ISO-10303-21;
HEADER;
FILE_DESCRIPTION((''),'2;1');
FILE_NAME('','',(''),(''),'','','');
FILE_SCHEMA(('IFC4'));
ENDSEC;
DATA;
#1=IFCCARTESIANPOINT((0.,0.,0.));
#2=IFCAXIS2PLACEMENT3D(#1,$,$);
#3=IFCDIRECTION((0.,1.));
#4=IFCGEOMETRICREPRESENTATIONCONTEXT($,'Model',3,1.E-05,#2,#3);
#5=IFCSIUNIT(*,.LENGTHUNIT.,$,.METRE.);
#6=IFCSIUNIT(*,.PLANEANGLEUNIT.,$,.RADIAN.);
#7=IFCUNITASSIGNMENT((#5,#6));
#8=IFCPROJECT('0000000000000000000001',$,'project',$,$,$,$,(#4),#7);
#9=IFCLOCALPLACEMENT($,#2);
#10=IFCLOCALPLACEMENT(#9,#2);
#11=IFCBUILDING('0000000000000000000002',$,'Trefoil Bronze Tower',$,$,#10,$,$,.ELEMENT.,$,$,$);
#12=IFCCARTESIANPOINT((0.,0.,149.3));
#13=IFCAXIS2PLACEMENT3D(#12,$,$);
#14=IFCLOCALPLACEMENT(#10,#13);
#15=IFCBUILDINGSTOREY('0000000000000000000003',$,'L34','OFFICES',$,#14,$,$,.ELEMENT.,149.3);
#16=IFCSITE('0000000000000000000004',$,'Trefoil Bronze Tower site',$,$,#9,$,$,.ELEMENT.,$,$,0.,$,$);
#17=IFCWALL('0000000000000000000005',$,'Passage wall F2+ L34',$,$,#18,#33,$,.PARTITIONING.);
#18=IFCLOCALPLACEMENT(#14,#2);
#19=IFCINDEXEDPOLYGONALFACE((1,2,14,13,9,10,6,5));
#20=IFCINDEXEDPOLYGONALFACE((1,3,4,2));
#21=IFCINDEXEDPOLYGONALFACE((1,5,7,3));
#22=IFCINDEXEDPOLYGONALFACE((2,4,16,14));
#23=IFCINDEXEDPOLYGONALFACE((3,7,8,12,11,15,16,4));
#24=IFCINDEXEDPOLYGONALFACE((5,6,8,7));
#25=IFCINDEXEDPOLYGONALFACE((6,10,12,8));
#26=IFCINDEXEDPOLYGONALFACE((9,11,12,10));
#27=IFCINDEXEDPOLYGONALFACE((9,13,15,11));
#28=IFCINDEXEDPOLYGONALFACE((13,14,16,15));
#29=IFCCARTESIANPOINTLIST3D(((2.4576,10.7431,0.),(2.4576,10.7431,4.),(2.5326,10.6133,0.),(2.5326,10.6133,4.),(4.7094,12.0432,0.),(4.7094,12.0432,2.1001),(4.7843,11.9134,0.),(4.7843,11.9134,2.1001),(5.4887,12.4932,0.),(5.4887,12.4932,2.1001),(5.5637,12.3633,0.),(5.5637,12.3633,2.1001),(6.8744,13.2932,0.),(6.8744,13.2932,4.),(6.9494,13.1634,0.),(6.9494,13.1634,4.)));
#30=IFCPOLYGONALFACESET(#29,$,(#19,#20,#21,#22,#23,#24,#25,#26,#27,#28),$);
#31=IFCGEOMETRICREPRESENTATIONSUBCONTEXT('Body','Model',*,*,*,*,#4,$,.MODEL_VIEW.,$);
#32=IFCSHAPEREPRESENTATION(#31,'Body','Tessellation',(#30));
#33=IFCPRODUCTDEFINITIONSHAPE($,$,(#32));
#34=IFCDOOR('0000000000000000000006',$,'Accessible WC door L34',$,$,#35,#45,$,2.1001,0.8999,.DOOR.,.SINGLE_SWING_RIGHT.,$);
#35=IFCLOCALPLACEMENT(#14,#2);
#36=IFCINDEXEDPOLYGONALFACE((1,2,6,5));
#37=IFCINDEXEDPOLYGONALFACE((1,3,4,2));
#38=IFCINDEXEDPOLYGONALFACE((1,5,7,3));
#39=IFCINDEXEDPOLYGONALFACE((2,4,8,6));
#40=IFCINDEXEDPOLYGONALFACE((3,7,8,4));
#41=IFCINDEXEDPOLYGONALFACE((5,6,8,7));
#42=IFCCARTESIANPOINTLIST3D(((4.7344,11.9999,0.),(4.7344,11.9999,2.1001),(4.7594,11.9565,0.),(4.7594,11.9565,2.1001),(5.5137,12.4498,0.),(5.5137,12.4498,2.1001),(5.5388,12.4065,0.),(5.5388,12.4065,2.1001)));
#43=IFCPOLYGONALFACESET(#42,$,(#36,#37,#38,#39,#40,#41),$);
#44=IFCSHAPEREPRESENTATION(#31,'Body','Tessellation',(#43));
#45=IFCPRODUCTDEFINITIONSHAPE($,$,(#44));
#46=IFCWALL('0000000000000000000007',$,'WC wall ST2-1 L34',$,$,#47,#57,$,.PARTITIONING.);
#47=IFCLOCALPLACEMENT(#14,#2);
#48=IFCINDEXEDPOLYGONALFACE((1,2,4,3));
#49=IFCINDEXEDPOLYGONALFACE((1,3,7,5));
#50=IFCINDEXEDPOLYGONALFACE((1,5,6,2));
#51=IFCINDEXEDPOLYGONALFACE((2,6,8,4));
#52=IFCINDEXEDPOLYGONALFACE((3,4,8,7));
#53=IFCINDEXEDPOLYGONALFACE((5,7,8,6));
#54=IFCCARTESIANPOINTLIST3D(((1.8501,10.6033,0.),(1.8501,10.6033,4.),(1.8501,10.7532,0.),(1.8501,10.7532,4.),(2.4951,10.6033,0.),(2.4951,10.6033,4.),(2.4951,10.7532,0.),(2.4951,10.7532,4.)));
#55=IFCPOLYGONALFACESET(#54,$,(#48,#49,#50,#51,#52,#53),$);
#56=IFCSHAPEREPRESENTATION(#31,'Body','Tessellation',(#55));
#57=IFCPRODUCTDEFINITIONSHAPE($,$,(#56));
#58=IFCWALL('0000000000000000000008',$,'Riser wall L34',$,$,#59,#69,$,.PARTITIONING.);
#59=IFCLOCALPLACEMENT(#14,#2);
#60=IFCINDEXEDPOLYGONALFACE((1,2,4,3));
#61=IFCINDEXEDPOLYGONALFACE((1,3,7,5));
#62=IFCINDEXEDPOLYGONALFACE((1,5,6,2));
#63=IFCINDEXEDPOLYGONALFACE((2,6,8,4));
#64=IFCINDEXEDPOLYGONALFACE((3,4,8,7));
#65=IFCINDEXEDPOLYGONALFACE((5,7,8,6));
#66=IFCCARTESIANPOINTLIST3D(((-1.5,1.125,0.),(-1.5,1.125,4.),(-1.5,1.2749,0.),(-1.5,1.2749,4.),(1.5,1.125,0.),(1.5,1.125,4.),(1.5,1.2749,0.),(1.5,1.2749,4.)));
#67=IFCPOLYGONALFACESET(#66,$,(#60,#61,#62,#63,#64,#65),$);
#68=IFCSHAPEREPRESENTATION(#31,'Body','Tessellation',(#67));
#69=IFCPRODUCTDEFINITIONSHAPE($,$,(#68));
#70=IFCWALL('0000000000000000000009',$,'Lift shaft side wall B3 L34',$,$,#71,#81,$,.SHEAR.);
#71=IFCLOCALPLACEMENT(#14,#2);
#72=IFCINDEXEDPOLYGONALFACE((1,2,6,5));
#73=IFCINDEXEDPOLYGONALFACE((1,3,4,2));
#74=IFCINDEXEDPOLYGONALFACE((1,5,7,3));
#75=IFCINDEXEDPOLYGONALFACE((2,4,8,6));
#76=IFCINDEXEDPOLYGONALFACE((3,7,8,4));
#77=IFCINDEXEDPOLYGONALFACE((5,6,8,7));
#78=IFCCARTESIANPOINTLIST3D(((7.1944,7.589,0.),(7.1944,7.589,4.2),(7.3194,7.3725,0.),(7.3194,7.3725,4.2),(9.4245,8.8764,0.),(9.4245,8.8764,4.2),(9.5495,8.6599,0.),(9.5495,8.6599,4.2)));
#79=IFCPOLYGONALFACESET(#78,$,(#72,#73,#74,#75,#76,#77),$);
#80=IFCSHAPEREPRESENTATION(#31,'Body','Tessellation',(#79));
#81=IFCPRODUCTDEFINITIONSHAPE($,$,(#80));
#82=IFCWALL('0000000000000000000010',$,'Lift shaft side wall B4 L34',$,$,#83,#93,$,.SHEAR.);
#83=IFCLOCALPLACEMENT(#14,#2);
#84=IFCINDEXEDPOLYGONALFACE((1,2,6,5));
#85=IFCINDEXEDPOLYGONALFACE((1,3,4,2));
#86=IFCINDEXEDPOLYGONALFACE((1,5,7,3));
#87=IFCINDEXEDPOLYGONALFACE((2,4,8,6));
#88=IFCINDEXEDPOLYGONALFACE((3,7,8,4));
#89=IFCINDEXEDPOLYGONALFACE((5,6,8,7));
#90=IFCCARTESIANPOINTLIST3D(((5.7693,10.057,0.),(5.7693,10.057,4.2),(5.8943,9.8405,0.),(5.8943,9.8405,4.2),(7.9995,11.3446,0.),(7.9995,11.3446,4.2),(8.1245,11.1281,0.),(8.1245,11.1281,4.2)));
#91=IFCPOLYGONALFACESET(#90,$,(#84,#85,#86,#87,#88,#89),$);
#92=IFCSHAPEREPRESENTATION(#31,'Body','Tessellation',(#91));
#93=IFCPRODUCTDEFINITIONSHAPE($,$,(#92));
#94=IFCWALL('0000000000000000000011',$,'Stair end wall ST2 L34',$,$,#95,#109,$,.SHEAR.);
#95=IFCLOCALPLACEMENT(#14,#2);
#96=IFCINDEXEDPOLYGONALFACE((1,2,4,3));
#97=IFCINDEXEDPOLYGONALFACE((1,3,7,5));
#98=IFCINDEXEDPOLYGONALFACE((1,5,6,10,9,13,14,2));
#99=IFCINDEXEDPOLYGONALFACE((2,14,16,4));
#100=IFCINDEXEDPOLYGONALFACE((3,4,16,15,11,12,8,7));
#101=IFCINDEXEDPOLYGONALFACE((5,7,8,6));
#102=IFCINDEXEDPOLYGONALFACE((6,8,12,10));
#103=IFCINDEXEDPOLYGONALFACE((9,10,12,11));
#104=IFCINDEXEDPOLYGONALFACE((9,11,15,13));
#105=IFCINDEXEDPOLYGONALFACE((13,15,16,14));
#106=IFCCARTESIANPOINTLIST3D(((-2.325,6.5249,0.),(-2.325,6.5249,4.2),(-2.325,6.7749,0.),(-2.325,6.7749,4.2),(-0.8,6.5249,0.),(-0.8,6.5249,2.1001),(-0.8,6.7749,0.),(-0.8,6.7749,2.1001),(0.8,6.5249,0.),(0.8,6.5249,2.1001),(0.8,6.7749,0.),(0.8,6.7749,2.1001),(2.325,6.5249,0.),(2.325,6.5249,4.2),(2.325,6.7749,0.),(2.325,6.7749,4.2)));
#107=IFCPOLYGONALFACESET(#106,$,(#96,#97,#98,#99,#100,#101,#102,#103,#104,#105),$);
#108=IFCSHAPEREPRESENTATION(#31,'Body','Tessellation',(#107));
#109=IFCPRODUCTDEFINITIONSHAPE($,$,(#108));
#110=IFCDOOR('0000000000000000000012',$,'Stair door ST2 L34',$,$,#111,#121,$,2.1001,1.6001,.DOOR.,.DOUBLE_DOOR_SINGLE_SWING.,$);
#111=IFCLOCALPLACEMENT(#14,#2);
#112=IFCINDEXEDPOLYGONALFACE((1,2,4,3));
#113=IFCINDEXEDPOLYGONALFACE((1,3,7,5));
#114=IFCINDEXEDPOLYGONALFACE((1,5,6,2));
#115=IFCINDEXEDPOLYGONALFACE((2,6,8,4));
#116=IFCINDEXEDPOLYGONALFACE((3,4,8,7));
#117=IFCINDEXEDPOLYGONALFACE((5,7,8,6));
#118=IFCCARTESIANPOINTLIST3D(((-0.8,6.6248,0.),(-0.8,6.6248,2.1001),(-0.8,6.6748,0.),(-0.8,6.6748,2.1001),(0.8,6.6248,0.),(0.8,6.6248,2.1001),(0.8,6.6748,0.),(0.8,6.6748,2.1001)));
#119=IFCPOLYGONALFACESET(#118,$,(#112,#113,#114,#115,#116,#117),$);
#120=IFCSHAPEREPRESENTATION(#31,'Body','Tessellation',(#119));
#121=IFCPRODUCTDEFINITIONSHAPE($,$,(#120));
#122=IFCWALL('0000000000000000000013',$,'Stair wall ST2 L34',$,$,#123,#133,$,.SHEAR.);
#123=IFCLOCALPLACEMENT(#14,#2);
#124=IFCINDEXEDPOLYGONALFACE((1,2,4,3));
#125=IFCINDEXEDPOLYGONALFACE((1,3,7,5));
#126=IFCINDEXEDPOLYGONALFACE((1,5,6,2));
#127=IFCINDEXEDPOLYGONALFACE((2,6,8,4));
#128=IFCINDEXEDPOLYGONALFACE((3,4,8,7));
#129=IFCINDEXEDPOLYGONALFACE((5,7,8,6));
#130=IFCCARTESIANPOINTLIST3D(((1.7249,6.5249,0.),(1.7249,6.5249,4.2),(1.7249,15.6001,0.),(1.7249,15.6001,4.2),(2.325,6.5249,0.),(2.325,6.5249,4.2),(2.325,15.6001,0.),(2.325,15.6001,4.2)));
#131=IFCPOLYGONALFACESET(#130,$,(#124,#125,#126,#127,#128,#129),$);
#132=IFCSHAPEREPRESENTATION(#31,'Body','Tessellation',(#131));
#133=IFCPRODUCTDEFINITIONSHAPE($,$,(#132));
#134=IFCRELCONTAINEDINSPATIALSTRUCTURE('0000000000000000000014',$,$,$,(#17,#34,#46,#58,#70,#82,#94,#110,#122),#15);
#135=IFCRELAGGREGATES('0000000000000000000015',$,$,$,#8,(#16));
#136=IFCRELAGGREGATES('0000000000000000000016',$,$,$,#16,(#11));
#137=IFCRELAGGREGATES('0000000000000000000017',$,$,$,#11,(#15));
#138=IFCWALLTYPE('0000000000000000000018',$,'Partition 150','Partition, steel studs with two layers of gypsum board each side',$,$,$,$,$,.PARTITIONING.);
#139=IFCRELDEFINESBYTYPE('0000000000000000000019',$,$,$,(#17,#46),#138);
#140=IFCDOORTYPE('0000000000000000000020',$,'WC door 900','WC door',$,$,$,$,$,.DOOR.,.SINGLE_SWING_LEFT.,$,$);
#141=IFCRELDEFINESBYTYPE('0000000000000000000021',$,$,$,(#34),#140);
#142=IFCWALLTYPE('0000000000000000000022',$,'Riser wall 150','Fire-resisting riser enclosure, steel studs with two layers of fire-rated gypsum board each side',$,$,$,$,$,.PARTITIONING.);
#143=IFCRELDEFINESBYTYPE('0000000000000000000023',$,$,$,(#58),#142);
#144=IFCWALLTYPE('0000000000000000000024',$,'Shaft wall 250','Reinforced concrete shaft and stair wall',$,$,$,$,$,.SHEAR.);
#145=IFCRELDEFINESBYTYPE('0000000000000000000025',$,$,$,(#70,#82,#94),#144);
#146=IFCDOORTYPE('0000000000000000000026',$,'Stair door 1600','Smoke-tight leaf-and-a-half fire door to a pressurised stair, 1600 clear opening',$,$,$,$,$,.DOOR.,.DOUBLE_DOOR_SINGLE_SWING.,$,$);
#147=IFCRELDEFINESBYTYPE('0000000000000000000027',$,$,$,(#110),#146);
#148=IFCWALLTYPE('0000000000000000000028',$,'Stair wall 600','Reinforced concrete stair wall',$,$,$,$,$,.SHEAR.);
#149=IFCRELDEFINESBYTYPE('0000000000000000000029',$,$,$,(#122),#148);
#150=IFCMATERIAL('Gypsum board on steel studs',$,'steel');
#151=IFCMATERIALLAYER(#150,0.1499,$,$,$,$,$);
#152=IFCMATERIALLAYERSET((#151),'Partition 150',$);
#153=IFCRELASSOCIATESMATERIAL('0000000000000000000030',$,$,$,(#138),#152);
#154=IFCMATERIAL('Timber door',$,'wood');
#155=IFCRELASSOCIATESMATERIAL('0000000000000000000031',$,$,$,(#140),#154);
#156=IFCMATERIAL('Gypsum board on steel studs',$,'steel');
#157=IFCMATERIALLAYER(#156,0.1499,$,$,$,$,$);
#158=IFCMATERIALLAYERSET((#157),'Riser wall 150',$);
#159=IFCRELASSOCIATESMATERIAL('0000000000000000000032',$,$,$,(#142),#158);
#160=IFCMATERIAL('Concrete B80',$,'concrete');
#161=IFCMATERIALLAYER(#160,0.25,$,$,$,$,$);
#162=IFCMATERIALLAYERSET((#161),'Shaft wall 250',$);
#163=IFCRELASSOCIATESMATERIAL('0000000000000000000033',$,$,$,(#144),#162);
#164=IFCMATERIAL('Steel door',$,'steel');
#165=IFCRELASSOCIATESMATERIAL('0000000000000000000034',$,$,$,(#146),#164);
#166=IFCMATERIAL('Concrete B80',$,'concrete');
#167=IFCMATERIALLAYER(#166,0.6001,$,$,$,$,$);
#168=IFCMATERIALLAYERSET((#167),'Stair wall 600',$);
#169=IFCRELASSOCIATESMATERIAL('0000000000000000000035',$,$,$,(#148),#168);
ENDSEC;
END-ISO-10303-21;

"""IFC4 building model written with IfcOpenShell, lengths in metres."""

from ifc_helpers import new_model, si_unit, direction, frame, frame_2d, origin, place, context, subcontext, project, spatial, rectangle, extrude, material, layer, layer_set, type_object, element, fill, save


model = new_model("IFC4")

# Units and contexts
model_context = context("Model", 3, precision=1e-05, world=origin(), true_north=direction((0.0, 1.0)))
body_context = subcontext(model_context, "Body", "Model", "MODEL_VIEW")
ifc_project = project(units=[si_unit("LENGTHUNIT", "METRE"), si_unit("PLANEANGLEUNIT", "RADIAN")], contexts=[model_context])

# Site, building, storey
site_placement = place(None, origin())
site = spatial("IfcSite", under=ifc_project, at=site_placement, Name="Trefoil Bronze Tower site", CompositionType="ELEMENT", RefElevation=0.0)
building_placement = place(site_placement, origin())
building = spatial("IfcBuilding", under=site, at=building_placement, Name="Trefoil Bronze Tower", CompositionType="ELEMENT")
storey_placement = place(building_placement, frame((0.0, 0.0, 149.3)))
storey = spatial("IfcBuildingStorey", under=building, at=storey_placement, Name="L34", Description="OFFICES", CompositionType="ELEMENT", Elevation=149.3)

# Wall, opening, door
ifc_material_1 = material(Name="Gypsum board on steel studs", Category="steel")
ifc_layer_1 = layer(ifc_material_1, 0.1499)
ifc_layer_set_1 = layer_set([ifc_layer_1], Name="Partition 150")
wall_type_1 = type_object("IfcWallType", Name="Partition 150", Description="Partition, steel studs with two layers of gypsum board each side", PredefinedType="PARTITIONING", material=ifc_layer_set_1)
wall_1_placement = place(storey_placement, frame((2.4951, 10.6782, 0.0), z_axis=(0.0, 0.0, 1.0), x_axis=(0.866022, 0.500006, 0.0)))
wall_1 = element("IfcWall", 1, at=wall_1_placement, inside=storey, type_object=wall_type_1, Name="Passage wall F2+ L34", PredefinedType="PARTITIONING", context=body_context, shape_type="SweptSolid", body=[
    extrude(rectangle(XDim=5.1001, YDim=0.1499, at=frame_2d((2.55, 0.0))), origin(), (0.0, 0.0, 1.0), 4.0),
])
opening_1_placement = place(wall_1_placement, frame((2.6001, 0.0, 0.0)))
opening_1 = element("IfcOpeningElement", 2, at=opening_1_placement, cuts=wall_1, PredefinedType="OPENING", context=body_context, shape_type="SweptSolid", body=[
    extrude(rectangle(XDim=0.8999, YDim=2.1001, at=frame_2d((0.45, 1.05))), frame((0.0, 0.085, 0.0), z_axis=(0.0, -1.0, 0.0), x_axis=(1.0, 0.0, 0.0)), (0.0, 0.0, 1.0), 0.1699),
])
ifc_material_2 = material(Name="Timber door", Category="wood")
door_type_1 = type_object("IfcDoorType", Name="WC door 900", Description="WC door", OperationType="SINGLE_SWING_LEFT", PredefinedType="DOOR", material=ifc_material_2)
door_1_placement = place(opening_1_placement, origin())
door_1 = element("IfcDoor", 3, at=door_1_placement, inside=storey, type_object=door_type_1, Name="Accessible WC door L34", OperationType="SINGLE_SWING_RIGHT", OverallHeight=2.1001, OverallWidth=0.8999, PredefinedType="DOOR", context=body_context, shape_type="SweptSolid", body=[
    extrude(rectangle(XDim=0.8999, YDim=2.1001, at=frame_2d((0.45, 1.05))), frame((0.0, 0.0249, 0.0), z_axis=(0.0, -1.0, 0.0), x_axis=(1.0, 0.0, 0.0)), (0.0, 0.0, 1.0), 0.05),
])
fill(opening_1, door_1)

# Walls
wall_2_placement = place(storey_placement, frame((2.4951, 10.6782, 0.0), z_axis=(0.0, 0.0, 1.0), x_axis=(-1.0, 0.0, 0.0)))
element("IfcWall", 4, at=wall_2_placement, inside=storey, type_object=wall_type_1, Name="WC wall ST2-1 L34", PredefinedType="PARTITIONING", context=body_context, shape_type="SweptSolid", body=[
    extrude(rectangle(XDim=0.645, YDim=0.1499, at=frame_2d((0.3225, 0.0))), origin(), (0.0, 0.0, 1.0), 4.0),
])
ifc_material_3 = material(Name="Gypsum board on steel studs", Category="steel")
ifc_layer_2 = layer(ifc_material_3, 0.1499)
ifc_layer_set_2 = layer_set([ifc_layer_2], Name="Riser wall 150")
wall_type_2 = type_object("IfcWallType", Name="Riser wall 150", Description="Fire-resisting riser enclosure, steel studs with two layers of fire-rated gypsum board each side", PredefinedType="PARTITIONING", material=ifc_layer_set_2)
wall_3_placement = place(storey_placement, frame((1.5, 1.2, 0.0), z_axis=(0.0, 0.0, 1.0), x_axis=(-1.0, 0.0, 0.0)))
element("IfcWall", 5, at=wall_3_placement, inside=storey, type_object=wall_type_2, Name="Riser wall L34", PredefinedType="PARTITIONING", context=body_context, shape_type="SweptSolid", body=[
    extrude(rectangle(XDim=3.0, YDim=0.1499, at=frame_2d((1.5, 0.0))), origin(), (0.0, 0.0, 1.0), 4.0),
])
ifc_material_4 = material(Name="Concrete B80", Category="concrete")
ifc_layer_3 = layer(ifc_material_4, 0.25)
ifc_layer_set_3 = layer_set([ifc_layer_3], Name="Shaft wall 250")
wall_type_3 = type_object("IfcWallType", Name="Shaft wall 250", Description="Reinforced concrete shaft and stair wall", PredefinedType="SHEAR", material=ifc_layer_set_3)
wall_4_placement = place(storey_placement, frame((7.2568, 7.4807, 0.0), z_axis=(0.0, 0.0, 1.0), x_axis=(0.866047, 0.499963, 0.0)))
element("IfcWall", 6, at=wall_4_placement, inside=storey, type_object=wall_type_3, Name="Lift shaft side wall B3 L34", PredefinedType="SHEAR", context=body_context, shape_type="SweptSolid", body=[
    extrude(rectangle(XDim=2.575, YDim=0.25, at=frame_2d((1.2876, 0.0))), origin(), (0.0, 0.0, 1.0), 4.2),
])
wall_5_placement = place(storey_placement, frame((5.8318, 9.9487, 0.0), z_axis=(0.0, 0.0, 1.0), x_axis=(0.866029, 0.499993, 0.0)))
element("IfcWall", 7, at=wall_5_placement, inside=storey, type_object=wall_type_3, Name="Lift shaft side wall B4 L34", PredefinedType="SHEAR", context=body_context, shape_type="SweptSolid", body=[
    extrude(rectangle(XDim=2.5752, YDim=0.25, at=frame_2d((1.2876, 0.0))), origin(), (0.0, 0.0, 1.0), 4.2),
])

# Wall, opening, door
wall_6_placement = place(storey_placement, frame((2.325, 6.6499, 0.0), z_axis=(0.0, 0.0, 1.0), x_axis=(-1.0, 0.0, 0.0)))
wall_6 = element("IfcWall", 8, at=wall_6_placement, inside=storey, type_object=wall_type_3, Name="Stair end wall ST2 L34", PredefinedType="SHEAR", context=body_context, shape_type="SweptSolid", body=[
    extrude(rectangle(XDim=4.6499, YDim=0.25, at=frame_2d((2.325, 0.0))), origin(), (0.0, 0.0, 1.0), 4.2),
])
opening_2_placement = place(wall_6_placement, frame((1.5249, 0.0, 0.0)))
opening_2 = element("IfcOpeningElement", 9, at=opening_2_placement, cuts=wall_6, PredefinedType="OPENING", context=body_context, shape_type="SweptSolid", body=[
    extrude(rectangle(XDim=1.6001, YDim=2.1001, at=frame_2d((0.8, 1.05))), frame((0.0, 0.135, 0.0), z_axis=(0.0, -1.0, 0.0), x_axis=(1.0, 0.0, 0.0)), (0.0, 0.0, 1.0), 0.27),
])
ifc_material_5 = material(Name="Steel door", Category="steel")
door_type_2 = type_object("IfcDoorType", Name="Stair door 1600", Description="Smoke-tight leaf-and-a-half fire door to a pressurised stair, 1600 clear opening", OperationType="DOUBLE_DOOR_SINGLE_SWING", PredefinedType="DOOR", material=ifc_material_5)
door_2_placement = place(opening_2_placement, frame((1.6001, 0.0, 0.0), z_axis=(0.0, 0.0, 1.0), x_axis=(-1.0, 0.0, 0.0)))
door_2 = element("IfcDoor", 10, at=door_2_placement, inside=storey, type_object=door_type_2, Name="Stair door ST2 L34", OperationType="DOUBLE_DOOR_SINGLE_SWING", OverallHeight=2.1001, OverallWidth=1.6001, PredefinedType="DOOR", context=body_context, shape_type="SweptSolid", body=[
    extrude(rectangle(XDim=1.6001, YDim=2.1001, at=frame_2d((0.8, 1.05))), frame((0.0, 0.0249, 0.0), z_axis=(0.0, -1.0, 0.0), x_axis=(1.0, 0.0, 0.0)), (0.0, 0.0, 1.0), 0.05),
])
fill(opening_2, door_2)

# Wall
ifc_material_6 = material(Name="Concrete B80", Category="concrete")
ifc_layer_4 = layer(ifc_material_6, 0.6001)
ifc_layer_set_4 = layer_set([ifc_layer_4], Name="Stair wall 600")
wall_type_4 = type_object("IfcWallType", Name="Stair wall 600", Description="Reinforced concrete stair wall", PredefinedType="SHEAR", material=ifc_layer_set_4)
wall_7_placement = place(storey_placement, frame((2.0249, 6.5249, 0.0), z_axis=(0.0, 0.0, 1.0), x_axis=(0.0, 1.0, 0.0)))
element("IfcWall", 11, at=wall_7_placement, inside=storey, type_object=wall_type_4, Name="Stair wall ST2 L34", PredefinedType="SHEAR", context=body_context, shape_type="SweptSolid", body=[
    extrude(rectangle(XDim=9.0752, YDim=0.6001, at=frame_2d((4.5376, 0.0))), origin(), (0.0, 0.0, 1.0), 4.2),
])

save(model, "model.ifc")
